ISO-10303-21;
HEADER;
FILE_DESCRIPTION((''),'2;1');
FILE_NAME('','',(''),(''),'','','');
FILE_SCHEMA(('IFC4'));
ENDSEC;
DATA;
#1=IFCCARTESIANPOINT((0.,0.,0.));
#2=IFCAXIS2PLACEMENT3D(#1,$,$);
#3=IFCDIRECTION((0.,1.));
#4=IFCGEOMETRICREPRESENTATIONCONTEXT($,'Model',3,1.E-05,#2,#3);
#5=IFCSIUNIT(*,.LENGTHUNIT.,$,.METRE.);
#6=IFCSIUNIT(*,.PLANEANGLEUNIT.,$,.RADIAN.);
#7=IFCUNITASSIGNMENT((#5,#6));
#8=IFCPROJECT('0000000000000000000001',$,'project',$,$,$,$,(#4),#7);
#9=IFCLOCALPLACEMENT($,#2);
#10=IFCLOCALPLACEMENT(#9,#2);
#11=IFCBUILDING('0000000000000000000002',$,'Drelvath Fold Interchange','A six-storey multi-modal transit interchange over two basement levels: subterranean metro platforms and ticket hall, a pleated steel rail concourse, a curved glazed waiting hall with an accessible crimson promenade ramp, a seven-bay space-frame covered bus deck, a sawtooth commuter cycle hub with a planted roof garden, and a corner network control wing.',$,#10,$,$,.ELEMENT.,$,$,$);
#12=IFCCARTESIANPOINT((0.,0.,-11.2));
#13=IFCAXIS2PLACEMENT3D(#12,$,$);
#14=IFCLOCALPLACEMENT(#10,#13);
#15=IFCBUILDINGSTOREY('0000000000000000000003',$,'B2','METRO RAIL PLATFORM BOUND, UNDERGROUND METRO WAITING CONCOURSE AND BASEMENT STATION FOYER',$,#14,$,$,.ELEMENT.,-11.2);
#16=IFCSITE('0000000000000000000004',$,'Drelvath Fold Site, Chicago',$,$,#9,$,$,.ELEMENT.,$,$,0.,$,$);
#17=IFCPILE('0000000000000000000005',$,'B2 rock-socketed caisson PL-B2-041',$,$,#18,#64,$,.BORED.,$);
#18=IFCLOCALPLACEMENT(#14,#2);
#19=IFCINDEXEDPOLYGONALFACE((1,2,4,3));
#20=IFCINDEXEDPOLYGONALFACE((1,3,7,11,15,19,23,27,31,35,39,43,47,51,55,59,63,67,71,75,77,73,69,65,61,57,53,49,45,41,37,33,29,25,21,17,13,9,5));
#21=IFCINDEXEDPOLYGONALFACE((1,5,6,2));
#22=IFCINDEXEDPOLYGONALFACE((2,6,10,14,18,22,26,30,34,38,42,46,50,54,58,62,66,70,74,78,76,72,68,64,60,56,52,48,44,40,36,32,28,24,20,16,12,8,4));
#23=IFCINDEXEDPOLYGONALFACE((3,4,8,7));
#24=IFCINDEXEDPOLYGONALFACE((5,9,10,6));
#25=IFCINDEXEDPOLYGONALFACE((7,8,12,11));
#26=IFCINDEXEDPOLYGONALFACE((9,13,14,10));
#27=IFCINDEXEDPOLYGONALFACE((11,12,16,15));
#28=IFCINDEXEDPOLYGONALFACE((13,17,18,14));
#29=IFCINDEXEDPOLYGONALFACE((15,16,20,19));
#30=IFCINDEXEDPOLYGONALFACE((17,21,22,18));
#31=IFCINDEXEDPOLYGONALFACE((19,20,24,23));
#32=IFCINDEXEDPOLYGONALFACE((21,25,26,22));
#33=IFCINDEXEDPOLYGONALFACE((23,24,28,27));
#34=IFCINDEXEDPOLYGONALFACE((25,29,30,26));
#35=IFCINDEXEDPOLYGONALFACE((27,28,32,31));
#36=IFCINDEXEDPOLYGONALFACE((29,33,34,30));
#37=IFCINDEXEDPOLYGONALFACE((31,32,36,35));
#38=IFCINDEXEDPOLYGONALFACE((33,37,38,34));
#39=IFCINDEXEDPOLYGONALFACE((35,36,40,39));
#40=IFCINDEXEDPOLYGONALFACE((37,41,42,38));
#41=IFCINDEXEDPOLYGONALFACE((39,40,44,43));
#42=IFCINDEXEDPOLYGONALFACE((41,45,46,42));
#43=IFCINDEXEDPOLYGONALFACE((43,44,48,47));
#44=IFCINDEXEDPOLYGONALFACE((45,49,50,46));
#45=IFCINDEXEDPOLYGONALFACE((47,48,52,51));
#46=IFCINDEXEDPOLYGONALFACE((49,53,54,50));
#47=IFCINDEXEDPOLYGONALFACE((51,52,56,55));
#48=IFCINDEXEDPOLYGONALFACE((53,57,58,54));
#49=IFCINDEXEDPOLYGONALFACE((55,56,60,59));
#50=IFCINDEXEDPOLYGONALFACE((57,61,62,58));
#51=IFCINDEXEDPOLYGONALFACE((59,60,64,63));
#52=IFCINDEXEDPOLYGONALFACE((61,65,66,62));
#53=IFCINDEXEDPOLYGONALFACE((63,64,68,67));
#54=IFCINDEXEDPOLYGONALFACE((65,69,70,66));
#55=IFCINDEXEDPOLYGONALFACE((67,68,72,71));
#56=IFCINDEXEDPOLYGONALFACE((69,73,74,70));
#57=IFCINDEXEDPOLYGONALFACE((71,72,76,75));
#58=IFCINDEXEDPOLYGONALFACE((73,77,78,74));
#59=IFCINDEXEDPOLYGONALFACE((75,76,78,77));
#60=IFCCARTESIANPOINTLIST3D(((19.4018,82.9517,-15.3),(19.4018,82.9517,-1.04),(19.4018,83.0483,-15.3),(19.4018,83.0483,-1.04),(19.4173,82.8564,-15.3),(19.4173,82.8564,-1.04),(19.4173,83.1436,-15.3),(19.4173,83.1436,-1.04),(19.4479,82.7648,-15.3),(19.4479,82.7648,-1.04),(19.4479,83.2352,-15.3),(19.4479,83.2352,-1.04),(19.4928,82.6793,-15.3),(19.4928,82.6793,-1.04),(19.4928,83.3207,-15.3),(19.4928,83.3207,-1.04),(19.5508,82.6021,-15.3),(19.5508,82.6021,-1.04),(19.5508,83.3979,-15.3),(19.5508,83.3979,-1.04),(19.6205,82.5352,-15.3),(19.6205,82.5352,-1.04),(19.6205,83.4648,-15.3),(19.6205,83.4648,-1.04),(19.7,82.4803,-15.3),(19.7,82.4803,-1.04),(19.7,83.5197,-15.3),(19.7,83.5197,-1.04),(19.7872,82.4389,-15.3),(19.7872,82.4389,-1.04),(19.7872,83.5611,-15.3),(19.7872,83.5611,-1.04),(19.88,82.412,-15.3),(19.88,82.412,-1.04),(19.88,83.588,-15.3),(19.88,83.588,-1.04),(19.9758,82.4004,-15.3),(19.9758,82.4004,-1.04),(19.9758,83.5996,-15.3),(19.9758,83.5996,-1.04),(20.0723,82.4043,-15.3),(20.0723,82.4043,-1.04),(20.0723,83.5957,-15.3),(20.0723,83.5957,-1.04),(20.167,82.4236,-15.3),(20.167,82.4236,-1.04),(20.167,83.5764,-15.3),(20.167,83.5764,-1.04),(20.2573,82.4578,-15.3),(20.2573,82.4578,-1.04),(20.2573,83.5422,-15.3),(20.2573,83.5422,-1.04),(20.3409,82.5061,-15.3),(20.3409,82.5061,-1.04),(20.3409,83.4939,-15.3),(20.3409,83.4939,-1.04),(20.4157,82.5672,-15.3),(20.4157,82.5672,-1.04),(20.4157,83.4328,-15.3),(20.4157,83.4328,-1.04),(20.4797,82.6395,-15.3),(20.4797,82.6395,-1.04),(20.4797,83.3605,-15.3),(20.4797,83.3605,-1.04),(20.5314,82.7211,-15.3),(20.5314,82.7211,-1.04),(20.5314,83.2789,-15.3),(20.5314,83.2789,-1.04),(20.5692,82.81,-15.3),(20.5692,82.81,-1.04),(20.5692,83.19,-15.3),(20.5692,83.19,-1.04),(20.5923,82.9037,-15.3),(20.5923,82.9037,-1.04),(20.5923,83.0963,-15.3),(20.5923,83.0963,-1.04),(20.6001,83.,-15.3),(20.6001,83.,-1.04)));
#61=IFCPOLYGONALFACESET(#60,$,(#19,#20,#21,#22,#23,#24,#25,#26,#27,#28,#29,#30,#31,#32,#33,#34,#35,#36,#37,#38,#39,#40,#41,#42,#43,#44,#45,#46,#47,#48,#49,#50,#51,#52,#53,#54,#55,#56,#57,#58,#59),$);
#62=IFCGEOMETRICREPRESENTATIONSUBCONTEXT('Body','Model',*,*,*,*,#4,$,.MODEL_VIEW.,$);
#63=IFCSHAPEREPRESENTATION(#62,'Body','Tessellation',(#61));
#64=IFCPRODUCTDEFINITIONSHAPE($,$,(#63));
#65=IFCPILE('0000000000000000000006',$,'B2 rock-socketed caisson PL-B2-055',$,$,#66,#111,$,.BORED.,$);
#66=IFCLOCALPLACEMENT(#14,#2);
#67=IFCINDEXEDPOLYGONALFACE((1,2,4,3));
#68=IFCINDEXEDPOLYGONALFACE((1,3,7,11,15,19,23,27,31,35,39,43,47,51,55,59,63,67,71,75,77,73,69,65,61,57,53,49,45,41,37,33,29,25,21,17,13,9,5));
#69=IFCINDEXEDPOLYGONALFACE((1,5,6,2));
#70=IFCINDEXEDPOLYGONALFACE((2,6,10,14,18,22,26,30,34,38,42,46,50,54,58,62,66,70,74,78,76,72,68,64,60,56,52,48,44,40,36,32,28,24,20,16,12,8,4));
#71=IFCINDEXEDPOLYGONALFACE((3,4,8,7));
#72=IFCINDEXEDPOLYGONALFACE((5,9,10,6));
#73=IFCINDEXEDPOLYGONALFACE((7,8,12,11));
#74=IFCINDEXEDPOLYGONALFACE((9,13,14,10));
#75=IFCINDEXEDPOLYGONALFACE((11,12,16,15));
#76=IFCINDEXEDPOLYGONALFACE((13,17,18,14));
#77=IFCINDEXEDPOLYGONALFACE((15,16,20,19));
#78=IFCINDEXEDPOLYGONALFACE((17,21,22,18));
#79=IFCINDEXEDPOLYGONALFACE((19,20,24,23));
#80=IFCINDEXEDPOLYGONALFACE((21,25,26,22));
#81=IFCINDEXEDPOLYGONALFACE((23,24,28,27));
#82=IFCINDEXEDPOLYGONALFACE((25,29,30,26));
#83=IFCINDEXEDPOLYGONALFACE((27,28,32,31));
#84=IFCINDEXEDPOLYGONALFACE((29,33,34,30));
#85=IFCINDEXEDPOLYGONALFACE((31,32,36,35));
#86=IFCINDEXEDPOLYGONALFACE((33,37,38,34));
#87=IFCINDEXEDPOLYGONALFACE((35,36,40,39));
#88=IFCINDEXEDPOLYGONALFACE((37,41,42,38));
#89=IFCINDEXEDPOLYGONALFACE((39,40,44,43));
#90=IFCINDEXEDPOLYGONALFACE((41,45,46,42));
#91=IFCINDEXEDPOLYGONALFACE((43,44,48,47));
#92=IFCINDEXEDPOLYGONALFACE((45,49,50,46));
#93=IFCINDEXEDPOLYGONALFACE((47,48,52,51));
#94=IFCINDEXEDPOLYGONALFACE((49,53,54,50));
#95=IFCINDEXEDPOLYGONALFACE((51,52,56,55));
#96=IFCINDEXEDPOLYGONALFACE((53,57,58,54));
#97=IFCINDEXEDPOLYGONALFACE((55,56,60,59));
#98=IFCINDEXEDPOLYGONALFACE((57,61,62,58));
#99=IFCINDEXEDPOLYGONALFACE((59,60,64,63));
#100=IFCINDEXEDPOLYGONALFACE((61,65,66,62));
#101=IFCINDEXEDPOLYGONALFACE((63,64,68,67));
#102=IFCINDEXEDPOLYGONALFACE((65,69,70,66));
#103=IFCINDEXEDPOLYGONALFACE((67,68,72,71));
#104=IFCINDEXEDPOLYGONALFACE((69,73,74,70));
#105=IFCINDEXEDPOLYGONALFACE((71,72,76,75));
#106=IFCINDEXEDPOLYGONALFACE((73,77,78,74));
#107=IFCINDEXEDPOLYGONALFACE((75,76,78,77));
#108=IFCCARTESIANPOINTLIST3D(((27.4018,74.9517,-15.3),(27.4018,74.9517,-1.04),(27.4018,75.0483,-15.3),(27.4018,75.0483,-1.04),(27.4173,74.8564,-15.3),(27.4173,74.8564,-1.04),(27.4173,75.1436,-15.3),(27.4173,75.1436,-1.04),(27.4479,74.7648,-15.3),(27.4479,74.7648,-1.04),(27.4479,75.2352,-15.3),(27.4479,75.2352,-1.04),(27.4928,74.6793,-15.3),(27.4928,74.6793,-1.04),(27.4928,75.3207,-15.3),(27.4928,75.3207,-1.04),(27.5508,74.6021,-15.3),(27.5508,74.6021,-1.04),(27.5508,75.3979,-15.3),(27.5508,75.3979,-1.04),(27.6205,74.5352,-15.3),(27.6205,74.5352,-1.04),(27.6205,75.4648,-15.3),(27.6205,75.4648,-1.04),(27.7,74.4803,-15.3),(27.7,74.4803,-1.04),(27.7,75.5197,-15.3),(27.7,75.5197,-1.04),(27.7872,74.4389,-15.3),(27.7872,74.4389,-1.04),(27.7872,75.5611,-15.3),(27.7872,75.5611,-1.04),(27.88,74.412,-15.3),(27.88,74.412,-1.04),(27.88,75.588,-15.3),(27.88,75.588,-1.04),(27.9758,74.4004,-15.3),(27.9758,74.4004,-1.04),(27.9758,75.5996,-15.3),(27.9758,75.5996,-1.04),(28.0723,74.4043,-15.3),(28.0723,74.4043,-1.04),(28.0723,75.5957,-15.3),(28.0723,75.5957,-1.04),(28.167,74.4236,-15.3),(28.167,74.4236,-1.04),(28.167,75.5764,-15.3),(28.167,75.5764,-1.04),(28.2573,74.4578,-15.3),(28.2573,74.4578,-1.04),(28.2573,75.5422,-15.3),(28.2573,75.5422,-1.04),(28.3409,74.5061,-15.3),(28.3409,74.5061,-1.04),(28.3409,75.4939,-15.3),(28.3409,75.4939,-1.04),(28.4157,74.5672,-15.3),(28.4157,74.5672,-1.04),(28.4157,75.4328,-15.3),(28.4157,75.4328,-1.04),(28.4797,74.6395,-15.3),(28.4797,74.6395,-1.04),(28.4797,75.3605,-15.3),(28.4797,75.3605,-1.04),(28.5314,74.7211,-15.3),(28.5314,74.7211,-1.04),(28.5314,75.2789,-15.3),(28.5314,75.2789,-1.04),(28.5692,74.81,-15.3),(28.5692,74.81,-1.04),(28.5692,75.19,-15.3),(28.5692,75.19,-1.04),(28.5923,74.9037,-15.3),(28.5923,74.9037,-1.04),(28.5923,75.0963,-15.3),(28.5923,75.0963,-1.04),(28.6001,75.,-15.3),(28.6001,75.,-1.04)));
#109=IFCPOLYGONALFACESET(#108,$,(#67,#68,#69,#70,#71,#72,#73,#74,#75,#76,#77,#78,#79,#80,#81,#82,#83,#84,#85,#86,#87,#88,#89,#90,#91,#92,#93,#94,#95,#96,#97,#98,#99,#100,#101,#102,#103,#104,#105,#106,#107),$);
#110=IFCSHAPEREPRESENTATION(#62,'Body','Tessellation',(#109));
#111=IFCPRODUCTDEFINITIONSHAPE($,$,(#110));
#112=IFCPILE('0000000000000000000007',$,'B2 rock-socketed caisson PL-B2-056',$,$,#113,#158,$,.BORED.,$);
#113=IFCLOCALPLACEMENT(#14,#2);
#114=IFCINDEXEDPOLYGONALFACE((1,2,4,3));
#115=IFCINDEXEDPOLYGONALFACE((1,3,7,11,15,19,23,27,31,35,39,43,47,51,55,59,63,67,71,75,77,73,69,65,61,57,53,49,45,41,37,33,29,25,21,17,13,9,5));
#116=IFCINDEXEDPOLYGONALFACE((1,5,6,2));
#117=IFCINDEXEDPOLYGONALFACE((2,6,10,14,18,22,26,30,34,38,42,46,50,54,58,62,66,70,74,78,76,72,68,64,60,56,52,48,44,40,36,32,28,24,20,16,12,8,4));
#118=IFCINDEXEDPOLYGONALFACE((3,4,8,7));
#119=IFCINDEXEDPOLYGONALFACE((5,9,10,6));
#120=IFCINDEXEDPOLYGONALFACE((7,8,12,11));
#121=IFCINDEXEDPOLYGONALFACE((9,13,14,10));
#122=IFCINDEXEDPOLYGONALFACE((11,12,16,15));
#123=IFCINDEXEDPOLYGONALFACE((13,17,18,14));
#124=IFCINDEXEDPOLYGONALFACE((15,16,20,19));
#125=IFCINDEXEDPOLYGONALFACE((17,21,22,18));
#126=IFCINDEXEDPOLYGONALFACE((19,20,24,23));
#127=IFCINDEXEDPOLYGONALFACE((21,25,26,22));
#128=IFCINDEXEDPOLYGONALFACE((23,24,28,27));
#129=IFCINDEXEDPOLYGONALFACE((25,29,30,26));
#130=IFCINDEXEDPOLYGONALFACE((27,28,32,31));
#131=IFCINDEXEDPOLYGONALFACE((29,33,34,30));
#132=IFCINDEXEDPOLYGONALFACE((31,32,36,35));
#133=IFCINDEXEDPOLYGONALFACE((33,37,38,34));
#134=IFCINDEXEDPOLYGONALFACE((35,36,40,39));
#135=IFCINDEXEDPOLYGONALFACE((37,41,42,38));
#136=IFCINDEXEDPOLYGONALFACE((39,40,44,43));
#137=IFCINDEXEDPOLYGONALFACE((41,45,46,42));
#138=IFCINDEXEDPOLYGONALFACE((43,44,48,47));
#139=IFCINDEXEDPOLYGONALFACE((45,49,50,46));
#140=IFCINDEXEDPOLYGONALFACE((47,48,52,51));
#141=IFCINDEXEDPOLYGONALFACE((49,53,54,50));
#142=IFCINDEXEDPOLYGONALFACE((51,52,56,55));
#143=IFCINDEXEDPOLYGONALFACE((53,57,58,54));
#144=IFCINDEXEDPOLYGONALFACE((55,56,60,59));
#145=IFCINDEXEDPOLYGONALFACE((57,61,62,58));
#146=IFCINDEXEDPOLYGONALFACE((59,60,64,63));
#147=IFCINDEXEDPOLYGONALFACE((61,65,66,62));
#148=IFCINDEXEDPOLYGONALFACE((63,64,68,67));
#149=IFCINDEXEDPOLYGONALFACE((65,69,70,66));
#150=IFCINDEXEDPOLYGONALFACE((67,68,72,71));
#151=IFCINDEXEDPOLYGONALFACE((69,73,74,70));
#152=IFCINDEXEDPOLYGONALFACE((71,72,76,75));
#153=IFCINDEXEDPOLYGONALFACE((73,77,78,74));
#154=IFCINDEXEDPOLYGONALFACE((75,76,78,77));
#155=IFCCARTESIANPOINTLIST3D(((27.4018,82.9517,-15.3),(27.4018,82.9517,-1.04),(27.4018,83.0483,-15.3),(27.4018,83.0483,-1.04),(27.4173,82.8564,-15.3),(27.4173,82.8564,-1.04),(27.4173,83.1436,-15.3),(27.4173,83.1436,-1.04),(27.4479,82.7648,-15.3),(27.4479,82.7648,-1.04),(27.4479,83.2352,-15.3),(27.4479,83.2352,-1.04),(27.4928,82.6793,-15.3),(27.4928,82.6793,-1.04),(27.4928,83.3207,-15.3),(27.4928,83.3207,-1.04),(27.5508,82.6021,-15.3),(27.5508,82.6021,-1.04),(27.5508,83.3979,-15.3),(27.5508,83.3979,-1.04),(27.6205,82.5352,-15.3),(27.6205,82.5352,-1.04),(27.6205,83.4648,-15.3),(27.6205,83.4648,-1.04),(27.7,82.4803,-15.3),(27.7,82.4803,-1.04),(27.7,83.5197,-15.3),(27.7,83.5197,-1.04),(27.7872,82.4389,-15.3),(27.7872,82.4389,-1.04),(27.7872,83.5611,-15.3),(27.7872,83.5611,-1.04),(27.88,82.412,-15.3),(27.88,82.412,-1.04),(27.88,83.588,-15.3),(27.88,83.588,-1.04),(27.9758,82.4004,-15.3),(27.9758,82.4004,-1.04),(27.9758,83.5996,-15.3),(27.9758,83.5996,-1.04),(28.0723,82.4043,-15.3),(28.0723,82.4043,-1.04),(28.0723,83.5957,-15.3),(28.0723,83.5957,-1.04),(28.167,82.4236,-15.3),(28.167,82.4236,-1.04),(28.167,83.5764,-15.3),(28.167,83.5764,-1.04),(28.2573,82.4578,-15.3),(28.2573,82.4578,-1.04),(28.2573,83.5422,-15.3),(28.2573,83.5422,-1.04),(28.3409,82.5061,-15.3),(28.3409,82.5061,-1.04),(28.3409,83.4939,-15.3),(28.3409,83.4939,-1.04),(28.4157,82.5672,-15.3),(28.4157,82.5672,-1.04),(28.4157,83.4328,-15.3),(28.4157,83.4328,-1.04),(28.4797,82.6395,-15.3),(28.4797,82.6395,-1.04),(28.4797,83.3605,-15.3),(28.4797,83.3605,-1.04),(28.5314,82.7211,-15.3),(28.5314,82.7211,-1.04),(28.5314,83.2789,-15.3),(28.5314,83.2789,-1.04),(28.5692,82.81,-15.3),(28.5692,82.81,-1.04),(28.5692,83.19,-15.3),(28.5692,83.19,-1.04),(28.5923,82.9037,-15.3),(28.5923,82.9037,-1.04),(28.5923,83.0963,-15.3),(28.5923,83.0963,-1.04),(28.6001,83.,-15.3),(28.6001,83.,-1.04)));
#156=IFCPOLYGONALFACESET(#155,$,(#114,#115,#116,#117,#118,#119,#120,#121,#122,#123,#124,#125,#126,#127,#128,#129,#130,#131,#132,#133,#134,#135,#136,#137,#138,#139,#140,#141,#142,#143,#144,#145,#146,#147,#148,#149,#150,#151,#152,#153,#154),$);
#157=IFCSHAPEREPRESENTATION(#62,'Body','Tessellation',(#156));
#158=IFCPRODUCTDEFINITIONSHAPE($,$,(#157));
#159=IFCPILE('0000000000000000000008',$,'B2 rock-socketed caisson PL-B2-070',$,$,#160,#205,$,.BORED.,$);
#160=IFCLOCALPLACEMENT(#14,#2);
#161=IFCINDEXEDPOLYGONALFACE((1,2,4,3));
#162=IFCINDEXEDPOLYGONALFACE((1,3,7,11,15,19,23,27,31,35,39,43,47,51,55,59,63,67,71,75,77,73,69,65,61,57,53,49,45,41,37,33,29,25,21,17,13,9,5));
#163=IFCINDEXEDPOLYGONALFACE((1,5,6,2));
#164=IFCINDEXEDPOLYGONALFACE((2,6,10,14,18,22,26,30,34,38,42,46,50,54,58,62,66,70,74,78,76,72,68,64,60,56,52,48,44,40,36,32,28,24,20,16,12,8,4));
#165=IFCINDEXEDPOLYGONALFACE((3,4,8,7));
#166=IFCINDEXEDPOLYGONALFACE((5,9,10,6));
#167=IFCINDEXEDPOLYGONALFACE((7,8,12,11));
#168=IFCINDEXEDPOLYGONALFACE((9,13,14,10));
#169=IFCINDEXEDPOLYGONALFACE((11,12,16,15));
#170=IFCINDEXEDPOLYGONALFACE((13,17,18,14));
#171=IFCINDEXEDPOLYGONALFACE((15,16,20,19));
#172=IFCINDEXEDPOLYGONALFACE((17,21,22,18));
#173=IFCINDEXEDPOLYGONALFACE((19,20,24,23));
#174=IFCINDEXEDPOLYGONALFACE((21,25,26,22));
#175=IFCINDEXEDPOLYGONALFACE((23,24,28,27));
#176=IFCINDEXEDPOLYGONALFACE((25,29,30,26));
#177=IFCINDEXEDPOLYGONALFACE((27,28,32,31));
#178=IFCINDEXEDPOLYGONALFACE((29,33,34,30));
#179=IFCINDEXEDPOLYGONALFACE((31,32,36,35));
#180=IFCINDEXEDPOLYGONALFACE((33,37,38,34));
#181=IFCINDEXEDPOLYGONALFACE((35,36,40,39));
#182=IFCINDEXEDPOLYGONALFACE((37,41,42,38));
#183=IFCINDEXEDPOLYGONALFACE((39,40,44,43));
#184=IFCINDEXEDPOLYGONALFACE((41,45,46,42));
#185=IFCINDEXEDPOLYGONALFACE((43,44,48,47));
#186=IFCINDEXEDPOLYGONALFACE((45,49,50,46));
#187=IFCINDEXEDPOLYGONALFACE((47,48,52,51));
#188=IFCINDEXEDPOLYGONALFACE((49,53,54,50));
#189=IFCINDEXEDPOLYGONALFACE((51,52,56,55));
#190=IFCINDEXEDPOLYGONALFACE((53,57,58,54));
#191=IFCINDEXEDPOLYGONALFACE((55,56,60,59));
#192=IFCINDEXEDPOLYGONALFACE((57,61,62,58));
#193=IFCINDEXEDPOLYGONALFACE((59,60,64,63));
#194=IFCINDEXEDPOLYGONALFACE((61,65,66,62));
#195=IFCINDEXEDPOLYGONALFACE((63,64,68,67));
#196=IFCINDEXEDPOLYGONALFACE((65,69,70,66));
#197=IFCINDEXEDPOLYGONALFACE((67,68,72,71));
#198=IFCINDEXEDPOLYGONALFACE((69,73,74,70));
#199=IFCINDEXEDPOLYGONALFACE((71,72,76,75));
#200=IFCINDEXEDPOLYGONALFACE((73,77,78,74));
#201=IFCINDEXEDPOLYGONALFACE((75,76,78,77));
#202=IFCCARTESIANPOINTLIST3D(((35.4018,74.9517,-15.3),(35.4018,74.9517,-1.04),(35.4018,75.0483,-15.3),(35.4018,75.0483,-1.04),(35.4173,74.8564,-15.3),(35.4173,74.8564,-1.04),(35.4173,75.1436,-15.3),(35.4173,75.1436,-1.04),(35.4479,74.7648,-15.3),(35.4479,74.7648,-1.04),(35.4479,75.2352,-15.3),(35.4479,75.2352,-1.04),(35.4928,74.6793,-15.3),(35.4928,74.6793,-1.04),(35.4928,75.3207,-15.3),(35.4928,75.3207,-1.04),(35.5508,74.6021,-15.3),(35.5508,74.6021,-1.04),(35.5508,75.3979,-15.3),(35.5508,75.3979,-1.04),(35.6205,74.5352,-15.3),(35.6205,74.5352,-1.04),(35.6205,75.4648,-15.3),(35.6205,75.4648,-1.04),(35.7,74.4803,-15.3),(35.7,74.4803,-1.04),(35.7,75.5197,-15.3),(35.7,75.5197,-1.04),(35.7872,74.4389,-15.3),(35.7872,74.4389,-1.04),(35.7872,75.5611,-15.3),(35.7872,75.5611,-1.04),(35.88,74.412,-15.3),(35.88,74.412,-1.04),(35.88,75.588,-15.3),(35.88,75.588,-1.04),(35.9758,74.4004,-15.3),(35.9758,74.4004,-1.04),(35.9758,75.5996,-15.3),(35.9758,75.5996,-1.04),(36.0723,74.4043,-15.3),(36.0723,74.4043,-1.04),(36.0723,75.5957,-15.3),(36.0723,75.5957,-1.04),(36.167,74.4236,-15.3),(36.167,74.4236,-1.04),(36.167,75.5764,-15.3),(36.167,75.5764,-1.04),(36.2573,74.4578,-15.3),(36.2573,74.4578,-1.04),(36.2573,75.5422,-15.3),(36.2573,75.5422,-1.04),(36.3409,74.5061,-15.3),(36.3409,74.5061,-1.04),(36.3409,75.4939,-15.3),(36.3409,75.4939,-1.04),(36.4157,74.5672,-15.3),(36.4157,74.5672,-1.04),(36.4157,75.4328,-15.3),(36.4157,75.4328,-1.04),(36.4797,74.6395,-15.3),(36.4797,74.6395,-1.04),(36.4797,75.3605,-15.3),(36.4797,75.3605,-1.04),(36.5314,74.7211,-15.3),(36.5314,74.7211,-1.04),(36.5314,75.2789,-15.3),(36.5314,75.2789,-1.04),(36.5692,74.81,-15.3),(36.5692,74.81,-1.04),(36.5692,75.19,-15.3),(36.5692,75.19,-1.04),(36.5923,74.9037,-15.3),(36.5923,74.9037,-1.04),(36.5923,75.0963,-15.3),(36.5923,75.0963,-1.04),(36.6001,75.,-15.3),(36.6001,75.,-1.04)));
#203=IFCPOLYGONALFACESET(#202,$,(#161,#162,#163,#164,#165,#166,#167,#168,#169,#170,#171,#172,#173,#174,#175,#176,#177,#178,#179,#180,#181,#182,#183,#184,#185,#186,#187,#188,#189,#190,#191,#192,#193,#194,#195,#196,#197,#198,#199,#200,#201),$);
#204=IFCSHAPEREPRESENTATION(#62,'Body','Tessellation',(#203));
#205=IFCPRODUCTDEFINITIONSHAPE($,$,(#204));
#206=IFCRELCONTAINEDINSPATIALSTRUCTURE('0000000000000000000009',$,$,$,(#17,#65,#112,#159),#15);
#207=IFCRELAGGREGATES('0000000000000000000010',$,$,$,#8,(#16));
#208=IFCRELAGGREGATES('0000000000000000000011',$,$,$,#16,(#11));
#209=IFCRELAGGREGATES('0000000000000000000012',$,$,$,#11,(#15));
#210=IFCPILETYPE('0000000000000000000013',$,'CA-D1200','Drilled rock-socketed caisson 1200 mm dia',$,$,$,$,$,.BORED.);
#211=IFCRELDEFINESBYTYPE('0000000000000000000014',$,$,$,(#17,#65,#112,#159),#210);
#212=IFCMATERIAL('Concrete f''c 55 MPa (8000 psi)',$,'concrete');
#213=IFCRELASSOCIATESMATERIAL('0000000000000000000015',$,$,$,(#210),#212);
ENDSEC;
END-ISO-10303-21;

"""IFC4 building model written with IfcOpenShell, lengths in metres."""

from ifc_helpers import new_model, si_unit, direction, frame, origin, origin_2d, place, context, subcontext, project, spatial, circle, extrude, material, material_profile, profile_set, type_object, element, save


model = new_model("IFC4")

# Units and contexts
model_context = context("Model", 3, precision=1e-05, world=origin(), true_north=direction((0.0, 1.0)))
body_context = subcontext(model_context, "Body", "Model", "MODEL_VIEW")
ifc_project = project(units=[si_unit("LENGTHUNIT", "METRE"), si_unit("PLANEANGLEUNIT", "RADIAN")], contexts=[model_context])

# Site, building, storey
site_placement = place(None, origin())
site = spatial("IfcSite", under=ifc_project, at=site_placement, Name="Drelvath Fold Site, Chicago", CompositionType="ELEMENT", RefElevation=0.0)
building_placement = place(site_placement, origin())
building = spatial("IfcBuilding", under=site, at=building_placement, Name="Drelvath Fold Interchange", Description="A six-storey multi-modal transit interchange over two basement levels: subterranean metro platforms and ticket hall, a pleated steel rail concourse, a curved glazed waiting hall with an accessible crimson promenade ramp, a seven-bay space-frame covered bus deck, a sawtooth commuter cycle hub with a planted roof garden, and a corner network control wing.", CompositionType="ELEMENT")
storey_placement = place(building_placement, frame((0.0, 0.0, -11.2)))
storey = spatial("IfcBuildingStorey", under=building, at=storey_placement, Name="B2", Description="METRO RAIL PLATFORM BOUND, UNDERGROUND METRO WAITING CONCOURSE AND BASEMENT STATION FOYER", CompositionType="ELEMENT", Elevation=-11.2)

# Piles
ifc_material_1 = material(Name="Concrete f'c 55 MPa (8000 psi)", Category="concrete")
ifc_material_profile_1 = material_profile(ifc_material_1, circle(Radius=0.6001, at=origin_2d()), Name="CAISSON D1200")
ifc_profile_set_1 = profile_set([ifc_material_profile_1], Name="Concrete f'c 55 MPa (8000 psi)")
pile_type = type_object("IfcPileType", Name="CA-D1200", Description="Drilled rock-socketed caisson 1200 mm dia", PredefinedType="BORED", material=ifc_profile_set_1)
for number, where, z_axis, x_axis, name in (
    (1, (20.0, 83.0, -1.04), (0.0, 0.0, -1.0), (1.0, 0.0, 0.0), "B2 rock-socketed caisson PL-B2-041"),
    (2, (28.0, 75.0, -1.04), (0.0, 0.0, -1.0), (1.0, 0.0, 0.0), "B2 rock-socketed caisson PL-B2-055"),
    (3, (28.0, 83.0, -1.04), (0.0, 0.0, -1.0), (1.0, 0.0, 0.0), "B2 rock-socketed caisson PL-B2-056"),
    (4, (36.0, 75.0, -1.04), (0.0, 0.0, -1.0), (1.0, 0.0, 0.0), "B2 rock-socketed caisson PL-B2-070"),
):
    element("IfcPile", number, at=place(storey_placement, frame(where, z_axis=z_axis, x_axis=x_axis)), inside=storey, type_object=pile_type, Name=name, PredefinedType="BORED", context=body_context, shape_type="SweptSolid", body=[
        extrude(circle(Radius=0.6001, at=origin_2d()), origin(), (0.0, 0.0, 1.0), 14.26),
    ])

save(model, "model.ifc")
